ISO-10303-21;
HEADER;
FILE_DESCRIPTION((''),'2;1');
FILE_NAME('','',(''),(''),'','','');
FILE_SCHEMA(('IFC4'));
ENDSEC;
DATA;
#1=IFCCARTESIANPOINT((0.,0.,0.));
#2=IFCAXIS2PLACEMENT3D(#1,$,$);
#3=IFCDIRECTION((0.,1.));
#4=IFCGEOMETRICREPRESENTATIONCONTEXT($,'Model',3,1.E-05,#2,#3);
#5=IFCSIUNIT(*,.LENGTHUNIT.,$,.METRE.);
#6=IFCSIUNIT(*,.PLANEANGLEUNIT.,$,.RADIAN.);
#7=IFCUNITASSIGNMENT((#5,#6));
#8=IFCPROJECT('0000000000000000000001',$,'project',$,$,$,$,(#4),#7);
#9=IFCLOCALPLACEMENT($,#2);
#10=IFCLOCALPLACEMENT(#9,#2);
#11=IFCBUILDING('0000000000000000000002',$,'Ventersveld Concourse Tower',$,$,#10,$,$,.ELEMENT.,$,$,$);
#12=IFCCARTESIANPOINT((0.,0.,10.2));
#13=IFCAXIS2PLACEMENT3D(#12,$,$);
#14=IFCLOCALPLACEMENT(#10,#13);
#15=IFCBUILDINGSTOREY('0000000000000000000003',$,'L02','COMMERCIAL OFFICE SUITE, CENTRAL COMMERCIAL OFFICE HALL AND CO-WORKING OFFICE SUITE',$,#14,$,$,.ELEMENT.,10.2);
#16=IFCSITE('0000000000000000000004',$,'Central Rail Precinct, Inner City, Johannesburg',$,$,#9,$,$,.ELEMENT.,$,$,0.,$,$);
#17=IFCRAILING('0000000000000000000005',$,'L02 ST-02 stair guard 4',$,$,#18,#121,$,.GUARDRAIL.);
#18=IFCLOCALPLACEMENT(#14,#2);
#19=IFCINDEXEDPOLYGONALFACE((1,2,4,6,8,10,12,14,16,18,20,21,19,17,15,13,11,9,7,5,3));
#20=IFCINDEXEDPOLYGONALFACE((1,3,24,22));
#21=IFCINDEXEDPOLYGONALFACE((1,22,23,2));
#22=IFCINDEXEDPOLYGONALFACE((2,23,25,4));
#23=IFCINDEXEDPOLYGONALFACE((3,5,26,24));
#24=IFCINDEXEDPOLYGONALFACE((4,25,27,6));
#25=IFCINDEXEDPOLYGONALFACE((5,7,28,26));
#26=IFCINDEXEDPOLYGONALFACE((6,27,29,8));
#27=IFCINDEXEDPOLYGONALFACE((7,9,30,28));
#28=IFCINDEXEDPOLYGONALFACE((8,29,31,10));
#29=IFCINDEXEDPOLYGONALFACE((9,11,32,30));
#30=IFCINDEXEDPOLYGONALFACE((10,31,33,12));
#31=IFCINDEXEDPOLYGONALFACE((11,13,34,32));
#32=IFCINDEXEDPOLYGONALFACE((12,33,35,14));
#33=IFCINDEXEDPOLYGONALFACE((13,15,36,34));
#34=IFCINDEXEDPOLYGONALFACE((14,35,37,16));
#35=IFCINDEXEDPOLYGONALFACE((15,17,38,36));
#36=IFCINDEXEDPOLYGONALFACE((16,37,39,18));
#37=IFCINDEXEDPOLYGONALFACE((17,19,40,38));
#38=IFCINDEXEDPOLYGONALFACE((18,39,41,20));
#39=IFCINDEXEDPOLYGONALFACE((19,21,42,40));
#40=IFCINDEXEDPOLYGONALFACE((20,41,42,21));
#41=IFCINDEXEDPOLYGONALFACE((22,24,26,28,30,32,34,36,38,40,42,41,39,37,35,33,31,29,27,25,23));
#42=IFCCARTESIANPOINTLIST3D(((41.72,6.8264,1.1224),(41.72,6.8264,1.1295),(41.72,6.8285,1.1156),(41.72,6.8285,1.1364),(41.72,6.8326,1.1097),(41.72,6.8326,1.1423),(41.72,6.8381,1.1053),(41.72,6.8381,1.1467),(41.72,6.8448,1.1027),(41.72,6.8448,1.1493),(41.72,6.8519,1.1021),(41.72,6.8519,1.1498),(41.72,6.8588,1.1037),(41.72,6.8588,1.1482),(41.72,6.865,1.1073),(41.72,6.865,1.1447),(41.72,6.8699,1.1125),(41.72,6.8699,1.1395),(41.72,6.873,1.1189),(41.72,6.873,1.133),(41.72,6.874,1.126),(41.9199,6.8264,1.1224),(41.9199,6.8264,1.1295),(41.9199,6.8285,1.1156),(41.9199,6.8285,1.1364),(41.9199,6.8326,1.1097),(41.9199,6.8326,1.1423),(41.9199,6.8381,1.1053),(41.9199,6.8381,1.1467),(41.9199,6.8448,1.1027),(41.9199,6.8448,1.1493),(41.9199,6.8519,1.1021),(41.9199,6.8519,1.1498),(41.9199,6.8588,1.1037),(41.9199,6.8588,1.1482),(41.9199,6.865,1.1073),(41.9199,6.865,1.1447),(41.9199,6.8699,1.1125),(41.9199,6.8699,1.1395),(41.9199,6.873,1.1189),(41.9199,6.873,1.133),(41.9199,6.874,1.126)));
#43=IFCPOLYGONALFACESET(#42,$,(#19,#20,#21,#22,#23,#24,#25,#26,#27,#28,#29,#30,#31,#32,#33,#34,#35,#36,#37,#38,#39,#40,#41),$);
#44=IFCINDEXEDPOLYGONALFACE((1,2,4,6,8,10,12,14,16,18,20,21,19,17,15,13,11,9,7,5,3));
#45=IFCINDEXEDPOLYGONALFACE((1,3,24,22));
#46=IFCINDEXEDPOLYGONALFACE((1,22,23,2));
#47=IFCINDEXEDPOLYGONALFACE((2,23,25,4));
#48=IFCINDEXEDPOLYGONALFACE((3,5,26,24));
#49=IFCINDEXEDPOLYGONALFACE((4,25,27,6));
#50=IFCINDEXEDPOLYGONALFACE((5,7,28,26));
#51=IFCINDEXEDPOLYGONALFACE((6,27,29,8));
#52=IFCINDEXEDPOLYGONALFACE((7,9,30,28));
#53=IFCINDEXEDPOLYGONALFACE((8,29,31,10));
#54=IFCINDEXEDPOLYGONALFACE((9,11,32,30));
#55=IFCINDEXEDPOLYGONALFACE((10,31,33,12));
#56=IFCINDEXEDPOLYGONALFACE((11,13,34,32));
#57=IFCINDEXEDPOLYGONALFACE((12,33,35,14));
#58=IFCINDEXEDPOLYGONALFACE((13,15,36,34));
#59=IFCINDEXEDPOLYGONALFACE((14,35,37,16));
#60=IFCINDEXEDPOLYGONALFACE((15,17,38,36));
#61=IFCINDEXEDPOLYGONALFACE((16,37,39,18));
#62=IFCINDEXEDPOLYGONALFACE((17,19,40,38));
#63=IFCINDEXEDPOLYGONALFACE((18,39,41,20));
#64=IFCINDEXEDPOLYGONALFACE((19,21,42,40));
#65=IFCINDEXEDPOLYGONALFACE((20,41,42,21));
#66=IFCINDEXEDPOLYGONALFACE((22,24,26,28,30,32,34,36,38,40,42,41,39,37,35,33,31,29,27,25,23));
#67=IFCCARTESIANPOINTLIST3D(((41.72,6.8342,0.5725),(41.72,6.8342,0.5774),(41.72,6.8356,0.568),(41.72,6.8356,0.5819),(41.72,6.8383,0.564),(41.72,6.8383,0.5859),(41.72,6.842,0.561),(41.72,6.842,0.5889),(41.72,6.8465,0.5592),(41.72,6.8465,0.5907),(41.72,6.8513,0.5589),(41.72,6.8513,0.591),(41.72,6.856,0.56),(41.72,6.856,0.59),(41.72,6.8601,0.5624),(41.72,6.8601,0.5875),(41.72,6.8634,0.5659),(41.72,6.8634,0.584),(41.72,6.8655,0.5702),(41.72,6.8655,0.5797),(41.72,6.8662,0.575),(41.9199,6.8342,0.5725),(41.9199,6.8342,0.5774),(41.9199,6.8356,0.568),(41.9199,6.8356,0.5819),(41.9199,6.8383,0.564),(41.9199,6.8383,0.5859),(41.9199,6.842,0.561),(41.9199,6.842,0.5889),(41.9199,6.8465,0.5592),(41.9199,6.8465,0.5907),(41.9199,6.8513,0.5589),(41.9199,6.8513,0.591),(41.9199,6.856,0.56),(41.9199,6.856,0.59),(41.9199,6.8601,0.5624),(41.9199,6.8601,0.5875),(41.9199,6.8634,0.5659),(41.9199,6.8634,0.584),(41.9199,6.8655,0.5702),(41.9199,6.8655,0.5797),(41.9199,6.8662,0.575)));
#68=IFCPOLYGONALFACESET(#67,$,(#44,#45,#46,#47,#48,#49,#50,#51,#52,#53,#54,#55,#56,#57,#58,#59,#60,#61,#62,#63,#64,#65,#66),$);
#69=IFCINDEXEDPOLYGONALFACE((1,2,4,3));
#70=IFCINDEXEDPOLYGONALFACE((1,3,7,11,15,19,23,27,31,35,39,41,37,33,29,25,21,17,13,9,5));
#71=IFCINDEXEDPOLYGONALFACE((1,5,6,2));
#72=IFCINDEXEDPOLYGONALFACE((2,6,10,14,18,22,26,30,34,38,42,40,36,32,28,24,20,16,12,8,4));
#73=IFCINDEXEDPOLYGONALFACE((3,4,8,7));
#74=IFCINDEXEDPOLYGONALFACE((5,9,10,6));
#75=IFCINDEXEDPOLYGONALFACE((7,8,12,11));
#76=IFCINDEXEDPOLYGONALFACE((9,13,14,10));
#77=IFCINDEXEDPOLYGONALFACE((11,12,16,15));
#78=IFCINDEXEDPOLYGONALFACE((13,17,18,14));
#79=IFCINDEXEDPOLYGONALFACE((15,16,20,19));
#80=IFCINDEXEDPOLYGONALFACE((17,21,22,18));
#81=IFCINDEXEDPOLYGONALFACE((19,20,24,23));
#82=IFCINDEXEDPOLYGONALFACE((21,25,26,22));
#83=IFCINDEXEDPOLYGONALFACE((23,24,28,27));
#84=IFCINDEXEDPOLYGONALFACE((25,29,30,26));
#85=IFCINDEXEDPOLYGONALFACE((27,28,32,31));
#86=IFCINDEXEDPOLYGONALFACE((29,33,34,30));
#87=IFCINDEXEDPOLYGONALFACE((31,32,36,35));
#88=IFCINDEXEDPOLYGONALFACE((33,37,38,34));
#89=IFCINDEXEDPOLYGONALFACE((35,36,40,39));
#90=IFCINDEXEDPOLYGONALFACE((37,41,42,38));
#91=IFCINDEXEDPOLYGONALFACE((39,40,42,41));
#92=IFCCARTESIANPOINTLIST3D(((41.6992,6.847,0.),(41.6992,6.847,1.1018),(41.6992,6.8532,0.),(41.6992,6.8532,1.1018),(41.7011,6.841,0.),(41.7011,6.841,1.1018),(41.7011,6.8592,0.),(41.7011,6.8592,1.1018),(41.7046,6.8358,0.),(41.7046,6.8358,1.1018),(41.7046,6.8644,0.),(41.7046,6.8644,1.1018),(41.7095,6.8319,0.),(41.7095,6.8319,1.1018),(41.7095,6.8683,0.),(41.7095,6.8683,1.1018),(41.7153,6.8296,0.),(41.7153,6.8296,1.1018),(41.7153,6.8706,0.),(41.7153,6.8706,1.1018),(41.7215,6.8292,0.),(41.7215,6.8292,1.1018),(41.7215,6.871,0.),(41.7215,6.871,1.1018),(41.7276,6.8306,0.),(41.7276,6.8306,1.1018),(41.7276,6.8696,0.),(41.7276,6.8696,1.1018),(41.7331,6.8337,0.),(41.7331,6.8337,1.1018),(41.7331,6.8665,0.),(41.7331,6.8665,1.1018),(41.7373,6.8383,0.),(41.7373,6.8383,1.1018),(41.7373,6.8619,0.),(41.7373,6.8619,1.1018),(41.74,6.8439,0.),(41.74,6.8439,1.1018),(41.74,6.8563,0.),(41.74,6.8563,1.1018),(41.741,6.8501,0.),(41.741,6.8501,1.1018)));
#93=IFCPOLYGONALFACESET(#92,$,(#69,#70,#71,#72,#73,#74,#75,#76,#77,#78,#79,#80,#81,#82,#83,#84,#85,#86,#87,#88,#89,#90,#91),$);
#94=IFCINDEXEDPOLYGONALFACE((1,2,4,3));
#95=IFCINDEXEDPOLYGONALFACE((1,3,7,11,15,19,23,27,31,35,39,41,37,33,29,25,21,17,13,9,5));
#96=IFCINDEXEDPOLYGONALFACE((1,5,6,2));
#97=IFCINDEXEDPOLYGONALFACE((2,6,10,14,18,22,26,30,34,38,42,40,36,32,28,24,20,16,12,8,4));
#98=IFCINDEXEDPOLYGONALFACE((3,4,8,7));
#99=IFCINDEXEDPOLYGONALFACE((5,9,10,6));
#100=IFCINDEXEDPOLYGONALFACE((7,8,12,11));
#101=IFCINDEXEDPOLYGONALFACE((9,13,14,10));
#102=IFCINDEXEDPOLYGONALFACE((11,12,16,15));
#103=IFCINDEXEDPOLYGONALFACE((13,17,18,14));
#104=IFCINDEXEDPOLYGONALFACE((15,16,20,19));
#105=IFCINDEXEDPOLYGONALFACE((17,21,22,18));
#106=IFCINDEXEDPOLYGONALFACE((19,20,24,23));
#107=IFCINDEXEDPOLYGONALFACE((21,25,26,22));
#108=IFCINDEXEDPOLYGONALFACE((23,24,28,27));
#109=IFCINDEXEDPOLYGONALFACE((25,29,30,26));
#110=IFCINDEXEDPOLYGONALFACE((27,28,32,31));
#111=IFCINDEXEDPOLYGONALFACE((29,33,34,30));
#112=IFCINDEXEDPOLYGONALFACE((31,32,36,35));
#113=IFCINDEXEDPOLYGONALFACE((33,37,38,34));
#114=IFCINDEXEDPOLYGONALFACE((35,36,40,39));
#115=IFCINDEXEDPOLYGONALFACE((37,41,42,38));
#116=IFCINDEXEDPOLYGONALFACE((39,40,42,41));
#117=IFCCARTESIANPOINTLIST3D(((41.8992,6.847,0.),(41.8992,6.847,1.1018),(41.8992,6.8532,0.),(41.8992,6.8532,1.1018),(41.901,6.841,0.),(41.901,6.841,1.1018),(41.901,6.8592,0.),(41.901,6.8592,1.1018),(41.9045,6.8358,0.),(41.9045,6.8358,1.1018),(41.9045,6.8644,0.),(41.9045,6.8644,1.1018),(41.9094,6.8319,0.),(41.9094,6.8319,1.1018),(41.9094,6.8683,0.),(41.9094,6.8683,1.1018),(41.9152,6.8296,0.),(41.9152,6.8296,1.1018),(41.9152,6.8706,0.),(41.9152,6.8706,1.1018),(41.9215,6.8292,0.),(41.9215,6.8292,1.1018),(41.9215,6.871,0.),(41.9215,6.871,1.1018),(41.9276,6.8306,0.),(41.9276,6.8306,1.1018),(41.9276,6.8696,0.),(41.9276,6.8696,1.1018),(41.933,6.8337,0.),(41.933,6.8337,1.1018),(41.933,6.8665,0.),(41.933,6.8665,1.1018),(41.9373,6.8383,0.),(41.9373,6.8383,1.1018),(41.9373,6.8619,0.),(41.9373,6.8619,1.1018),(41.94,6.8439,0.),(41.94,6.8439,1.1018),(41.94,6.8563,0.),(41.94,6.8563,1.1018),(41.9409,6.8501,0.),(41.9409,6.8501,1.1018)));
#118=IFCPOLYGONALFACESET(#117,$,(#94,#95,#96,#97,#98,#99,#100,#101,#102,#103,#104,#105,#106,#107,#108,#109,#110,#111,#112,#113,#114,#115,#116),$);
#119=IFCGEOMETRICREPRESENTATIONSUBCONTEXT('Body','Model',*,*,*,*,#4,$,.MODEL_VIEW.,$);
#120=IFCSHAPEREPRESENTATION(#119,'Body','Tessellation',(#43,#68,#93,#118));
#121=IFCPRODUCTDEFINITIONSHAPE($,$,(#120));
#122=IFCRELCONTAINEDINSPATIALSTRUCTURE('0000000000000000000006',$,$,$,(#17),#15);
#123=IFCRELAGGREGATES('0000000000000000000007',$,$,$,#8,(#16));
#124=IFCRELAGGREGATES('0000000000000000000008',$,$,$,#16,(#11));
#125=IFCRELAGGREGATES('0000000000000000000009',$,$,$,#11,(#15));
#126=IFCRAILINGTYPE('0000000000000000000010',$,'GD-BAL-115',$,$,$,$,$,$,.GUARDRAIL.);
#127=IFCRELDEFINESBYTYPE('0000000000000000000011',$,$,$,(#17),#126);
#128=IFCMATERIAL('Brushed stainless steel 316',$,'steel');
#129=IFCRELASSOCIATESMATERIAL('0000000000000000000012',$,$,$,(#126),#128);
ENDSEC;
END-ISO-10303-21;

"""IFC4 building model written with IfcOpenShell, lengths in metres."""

from ifc_helpers import new_model, si_unit, direction, frame, origin, origin_2d, place, context, subcontext, project, spatial, circle, extrude, material, type_object, element, save


model = new_model("IFC4")

# Units and contexts
model_context = context("Model", 3, precision=1e-05, world=origin(), true_north=direction((0.0, 1.0)))
body_context = subcontext(model_context, "Body", "Model", "MODEL_VIEW")
ifc_project = project(units=[si_unit("LENGTHUNIT", "METRE"), si_unit("PLANEANGLEUNIT", "RADIAN")], contexts=[model_context])

# Site, building, storey
site_placement = place(None, origin())
site = spatial("IfcSite", under=ifc_project, at=site_placement, Name="Central Rail Precinct, Inner City, Johannesburg", CompositionType="ELEMENT", RefElevation=0.0)
building_placement = place(site_placement, origin())
building = spatial("IfcBuilding", under=site, at=building_placement, Name="Ventersveld Concourse Tower", CompositionType="ELEMENT")
storey_placement = place(building_placement, frame((0.0, 0.0, 10.2)))
storey = spatial("IfcBuildingStorey", under=building, at=storey_placement, Name="L02", Description="COMMERCIAL OFFICE SUITE, CENTRAL COMMERCIAL OFFICE HALL AND CO-WORKING OFFICE SUITE", CompositionType="ELEMENT", Elevation=10.2)

# Shared definitions
ifc_material_1 = material(Name="Brushed stainless steel 316", Category="steel")

# Railing
railing_type_1 = type_object("IfcRailingType", Name="GD-BAL-115", PredefinedType="GUARDRAIL", material=ifc_material_1)
railing_1_placement = place(storey_placement, frame((41.72, 6.8501, 0.0)))
element("IfcRailing", 1, at=railing_1_placement, inside=storey, type_object=railing_type_1, Name="L02 ST-02 stair guard 4", PredefinedType="GUARDRAIL", context=body_context, shape_type="SweptSolid", body=[
    extrude(circle(Radius=0.0239, at=origin_2d()), frame((0.0, 0.0, 1.126), z_axis=(1.0, 0.0, 0.0), x_axis=(0.0, 1.0, 0.0)), (0.0, 0.0, 1.0), 0.2),
    extrude(circle(Radius=0.0161, at=origin_2d()), frame((0.0, 0.0, 0.575), z_axis=(1.0, 0.0, 0.0), x_axis=(0.0, 1.0, 0.0)), (0.0, 0.0, 1.0), 0.2),
    extrude(circle(Radius=0.021, at=origin_2d()), origin(), (0.0, 0.0, 1.0), 1.1018),
    extrude(circle(Radius=0.021, at=origin_2d()), frame((0.2, 0.0, 0.0)), (0.0, 0.0, 1.0), 1.1018),
])

save(model, "model.ifc")
